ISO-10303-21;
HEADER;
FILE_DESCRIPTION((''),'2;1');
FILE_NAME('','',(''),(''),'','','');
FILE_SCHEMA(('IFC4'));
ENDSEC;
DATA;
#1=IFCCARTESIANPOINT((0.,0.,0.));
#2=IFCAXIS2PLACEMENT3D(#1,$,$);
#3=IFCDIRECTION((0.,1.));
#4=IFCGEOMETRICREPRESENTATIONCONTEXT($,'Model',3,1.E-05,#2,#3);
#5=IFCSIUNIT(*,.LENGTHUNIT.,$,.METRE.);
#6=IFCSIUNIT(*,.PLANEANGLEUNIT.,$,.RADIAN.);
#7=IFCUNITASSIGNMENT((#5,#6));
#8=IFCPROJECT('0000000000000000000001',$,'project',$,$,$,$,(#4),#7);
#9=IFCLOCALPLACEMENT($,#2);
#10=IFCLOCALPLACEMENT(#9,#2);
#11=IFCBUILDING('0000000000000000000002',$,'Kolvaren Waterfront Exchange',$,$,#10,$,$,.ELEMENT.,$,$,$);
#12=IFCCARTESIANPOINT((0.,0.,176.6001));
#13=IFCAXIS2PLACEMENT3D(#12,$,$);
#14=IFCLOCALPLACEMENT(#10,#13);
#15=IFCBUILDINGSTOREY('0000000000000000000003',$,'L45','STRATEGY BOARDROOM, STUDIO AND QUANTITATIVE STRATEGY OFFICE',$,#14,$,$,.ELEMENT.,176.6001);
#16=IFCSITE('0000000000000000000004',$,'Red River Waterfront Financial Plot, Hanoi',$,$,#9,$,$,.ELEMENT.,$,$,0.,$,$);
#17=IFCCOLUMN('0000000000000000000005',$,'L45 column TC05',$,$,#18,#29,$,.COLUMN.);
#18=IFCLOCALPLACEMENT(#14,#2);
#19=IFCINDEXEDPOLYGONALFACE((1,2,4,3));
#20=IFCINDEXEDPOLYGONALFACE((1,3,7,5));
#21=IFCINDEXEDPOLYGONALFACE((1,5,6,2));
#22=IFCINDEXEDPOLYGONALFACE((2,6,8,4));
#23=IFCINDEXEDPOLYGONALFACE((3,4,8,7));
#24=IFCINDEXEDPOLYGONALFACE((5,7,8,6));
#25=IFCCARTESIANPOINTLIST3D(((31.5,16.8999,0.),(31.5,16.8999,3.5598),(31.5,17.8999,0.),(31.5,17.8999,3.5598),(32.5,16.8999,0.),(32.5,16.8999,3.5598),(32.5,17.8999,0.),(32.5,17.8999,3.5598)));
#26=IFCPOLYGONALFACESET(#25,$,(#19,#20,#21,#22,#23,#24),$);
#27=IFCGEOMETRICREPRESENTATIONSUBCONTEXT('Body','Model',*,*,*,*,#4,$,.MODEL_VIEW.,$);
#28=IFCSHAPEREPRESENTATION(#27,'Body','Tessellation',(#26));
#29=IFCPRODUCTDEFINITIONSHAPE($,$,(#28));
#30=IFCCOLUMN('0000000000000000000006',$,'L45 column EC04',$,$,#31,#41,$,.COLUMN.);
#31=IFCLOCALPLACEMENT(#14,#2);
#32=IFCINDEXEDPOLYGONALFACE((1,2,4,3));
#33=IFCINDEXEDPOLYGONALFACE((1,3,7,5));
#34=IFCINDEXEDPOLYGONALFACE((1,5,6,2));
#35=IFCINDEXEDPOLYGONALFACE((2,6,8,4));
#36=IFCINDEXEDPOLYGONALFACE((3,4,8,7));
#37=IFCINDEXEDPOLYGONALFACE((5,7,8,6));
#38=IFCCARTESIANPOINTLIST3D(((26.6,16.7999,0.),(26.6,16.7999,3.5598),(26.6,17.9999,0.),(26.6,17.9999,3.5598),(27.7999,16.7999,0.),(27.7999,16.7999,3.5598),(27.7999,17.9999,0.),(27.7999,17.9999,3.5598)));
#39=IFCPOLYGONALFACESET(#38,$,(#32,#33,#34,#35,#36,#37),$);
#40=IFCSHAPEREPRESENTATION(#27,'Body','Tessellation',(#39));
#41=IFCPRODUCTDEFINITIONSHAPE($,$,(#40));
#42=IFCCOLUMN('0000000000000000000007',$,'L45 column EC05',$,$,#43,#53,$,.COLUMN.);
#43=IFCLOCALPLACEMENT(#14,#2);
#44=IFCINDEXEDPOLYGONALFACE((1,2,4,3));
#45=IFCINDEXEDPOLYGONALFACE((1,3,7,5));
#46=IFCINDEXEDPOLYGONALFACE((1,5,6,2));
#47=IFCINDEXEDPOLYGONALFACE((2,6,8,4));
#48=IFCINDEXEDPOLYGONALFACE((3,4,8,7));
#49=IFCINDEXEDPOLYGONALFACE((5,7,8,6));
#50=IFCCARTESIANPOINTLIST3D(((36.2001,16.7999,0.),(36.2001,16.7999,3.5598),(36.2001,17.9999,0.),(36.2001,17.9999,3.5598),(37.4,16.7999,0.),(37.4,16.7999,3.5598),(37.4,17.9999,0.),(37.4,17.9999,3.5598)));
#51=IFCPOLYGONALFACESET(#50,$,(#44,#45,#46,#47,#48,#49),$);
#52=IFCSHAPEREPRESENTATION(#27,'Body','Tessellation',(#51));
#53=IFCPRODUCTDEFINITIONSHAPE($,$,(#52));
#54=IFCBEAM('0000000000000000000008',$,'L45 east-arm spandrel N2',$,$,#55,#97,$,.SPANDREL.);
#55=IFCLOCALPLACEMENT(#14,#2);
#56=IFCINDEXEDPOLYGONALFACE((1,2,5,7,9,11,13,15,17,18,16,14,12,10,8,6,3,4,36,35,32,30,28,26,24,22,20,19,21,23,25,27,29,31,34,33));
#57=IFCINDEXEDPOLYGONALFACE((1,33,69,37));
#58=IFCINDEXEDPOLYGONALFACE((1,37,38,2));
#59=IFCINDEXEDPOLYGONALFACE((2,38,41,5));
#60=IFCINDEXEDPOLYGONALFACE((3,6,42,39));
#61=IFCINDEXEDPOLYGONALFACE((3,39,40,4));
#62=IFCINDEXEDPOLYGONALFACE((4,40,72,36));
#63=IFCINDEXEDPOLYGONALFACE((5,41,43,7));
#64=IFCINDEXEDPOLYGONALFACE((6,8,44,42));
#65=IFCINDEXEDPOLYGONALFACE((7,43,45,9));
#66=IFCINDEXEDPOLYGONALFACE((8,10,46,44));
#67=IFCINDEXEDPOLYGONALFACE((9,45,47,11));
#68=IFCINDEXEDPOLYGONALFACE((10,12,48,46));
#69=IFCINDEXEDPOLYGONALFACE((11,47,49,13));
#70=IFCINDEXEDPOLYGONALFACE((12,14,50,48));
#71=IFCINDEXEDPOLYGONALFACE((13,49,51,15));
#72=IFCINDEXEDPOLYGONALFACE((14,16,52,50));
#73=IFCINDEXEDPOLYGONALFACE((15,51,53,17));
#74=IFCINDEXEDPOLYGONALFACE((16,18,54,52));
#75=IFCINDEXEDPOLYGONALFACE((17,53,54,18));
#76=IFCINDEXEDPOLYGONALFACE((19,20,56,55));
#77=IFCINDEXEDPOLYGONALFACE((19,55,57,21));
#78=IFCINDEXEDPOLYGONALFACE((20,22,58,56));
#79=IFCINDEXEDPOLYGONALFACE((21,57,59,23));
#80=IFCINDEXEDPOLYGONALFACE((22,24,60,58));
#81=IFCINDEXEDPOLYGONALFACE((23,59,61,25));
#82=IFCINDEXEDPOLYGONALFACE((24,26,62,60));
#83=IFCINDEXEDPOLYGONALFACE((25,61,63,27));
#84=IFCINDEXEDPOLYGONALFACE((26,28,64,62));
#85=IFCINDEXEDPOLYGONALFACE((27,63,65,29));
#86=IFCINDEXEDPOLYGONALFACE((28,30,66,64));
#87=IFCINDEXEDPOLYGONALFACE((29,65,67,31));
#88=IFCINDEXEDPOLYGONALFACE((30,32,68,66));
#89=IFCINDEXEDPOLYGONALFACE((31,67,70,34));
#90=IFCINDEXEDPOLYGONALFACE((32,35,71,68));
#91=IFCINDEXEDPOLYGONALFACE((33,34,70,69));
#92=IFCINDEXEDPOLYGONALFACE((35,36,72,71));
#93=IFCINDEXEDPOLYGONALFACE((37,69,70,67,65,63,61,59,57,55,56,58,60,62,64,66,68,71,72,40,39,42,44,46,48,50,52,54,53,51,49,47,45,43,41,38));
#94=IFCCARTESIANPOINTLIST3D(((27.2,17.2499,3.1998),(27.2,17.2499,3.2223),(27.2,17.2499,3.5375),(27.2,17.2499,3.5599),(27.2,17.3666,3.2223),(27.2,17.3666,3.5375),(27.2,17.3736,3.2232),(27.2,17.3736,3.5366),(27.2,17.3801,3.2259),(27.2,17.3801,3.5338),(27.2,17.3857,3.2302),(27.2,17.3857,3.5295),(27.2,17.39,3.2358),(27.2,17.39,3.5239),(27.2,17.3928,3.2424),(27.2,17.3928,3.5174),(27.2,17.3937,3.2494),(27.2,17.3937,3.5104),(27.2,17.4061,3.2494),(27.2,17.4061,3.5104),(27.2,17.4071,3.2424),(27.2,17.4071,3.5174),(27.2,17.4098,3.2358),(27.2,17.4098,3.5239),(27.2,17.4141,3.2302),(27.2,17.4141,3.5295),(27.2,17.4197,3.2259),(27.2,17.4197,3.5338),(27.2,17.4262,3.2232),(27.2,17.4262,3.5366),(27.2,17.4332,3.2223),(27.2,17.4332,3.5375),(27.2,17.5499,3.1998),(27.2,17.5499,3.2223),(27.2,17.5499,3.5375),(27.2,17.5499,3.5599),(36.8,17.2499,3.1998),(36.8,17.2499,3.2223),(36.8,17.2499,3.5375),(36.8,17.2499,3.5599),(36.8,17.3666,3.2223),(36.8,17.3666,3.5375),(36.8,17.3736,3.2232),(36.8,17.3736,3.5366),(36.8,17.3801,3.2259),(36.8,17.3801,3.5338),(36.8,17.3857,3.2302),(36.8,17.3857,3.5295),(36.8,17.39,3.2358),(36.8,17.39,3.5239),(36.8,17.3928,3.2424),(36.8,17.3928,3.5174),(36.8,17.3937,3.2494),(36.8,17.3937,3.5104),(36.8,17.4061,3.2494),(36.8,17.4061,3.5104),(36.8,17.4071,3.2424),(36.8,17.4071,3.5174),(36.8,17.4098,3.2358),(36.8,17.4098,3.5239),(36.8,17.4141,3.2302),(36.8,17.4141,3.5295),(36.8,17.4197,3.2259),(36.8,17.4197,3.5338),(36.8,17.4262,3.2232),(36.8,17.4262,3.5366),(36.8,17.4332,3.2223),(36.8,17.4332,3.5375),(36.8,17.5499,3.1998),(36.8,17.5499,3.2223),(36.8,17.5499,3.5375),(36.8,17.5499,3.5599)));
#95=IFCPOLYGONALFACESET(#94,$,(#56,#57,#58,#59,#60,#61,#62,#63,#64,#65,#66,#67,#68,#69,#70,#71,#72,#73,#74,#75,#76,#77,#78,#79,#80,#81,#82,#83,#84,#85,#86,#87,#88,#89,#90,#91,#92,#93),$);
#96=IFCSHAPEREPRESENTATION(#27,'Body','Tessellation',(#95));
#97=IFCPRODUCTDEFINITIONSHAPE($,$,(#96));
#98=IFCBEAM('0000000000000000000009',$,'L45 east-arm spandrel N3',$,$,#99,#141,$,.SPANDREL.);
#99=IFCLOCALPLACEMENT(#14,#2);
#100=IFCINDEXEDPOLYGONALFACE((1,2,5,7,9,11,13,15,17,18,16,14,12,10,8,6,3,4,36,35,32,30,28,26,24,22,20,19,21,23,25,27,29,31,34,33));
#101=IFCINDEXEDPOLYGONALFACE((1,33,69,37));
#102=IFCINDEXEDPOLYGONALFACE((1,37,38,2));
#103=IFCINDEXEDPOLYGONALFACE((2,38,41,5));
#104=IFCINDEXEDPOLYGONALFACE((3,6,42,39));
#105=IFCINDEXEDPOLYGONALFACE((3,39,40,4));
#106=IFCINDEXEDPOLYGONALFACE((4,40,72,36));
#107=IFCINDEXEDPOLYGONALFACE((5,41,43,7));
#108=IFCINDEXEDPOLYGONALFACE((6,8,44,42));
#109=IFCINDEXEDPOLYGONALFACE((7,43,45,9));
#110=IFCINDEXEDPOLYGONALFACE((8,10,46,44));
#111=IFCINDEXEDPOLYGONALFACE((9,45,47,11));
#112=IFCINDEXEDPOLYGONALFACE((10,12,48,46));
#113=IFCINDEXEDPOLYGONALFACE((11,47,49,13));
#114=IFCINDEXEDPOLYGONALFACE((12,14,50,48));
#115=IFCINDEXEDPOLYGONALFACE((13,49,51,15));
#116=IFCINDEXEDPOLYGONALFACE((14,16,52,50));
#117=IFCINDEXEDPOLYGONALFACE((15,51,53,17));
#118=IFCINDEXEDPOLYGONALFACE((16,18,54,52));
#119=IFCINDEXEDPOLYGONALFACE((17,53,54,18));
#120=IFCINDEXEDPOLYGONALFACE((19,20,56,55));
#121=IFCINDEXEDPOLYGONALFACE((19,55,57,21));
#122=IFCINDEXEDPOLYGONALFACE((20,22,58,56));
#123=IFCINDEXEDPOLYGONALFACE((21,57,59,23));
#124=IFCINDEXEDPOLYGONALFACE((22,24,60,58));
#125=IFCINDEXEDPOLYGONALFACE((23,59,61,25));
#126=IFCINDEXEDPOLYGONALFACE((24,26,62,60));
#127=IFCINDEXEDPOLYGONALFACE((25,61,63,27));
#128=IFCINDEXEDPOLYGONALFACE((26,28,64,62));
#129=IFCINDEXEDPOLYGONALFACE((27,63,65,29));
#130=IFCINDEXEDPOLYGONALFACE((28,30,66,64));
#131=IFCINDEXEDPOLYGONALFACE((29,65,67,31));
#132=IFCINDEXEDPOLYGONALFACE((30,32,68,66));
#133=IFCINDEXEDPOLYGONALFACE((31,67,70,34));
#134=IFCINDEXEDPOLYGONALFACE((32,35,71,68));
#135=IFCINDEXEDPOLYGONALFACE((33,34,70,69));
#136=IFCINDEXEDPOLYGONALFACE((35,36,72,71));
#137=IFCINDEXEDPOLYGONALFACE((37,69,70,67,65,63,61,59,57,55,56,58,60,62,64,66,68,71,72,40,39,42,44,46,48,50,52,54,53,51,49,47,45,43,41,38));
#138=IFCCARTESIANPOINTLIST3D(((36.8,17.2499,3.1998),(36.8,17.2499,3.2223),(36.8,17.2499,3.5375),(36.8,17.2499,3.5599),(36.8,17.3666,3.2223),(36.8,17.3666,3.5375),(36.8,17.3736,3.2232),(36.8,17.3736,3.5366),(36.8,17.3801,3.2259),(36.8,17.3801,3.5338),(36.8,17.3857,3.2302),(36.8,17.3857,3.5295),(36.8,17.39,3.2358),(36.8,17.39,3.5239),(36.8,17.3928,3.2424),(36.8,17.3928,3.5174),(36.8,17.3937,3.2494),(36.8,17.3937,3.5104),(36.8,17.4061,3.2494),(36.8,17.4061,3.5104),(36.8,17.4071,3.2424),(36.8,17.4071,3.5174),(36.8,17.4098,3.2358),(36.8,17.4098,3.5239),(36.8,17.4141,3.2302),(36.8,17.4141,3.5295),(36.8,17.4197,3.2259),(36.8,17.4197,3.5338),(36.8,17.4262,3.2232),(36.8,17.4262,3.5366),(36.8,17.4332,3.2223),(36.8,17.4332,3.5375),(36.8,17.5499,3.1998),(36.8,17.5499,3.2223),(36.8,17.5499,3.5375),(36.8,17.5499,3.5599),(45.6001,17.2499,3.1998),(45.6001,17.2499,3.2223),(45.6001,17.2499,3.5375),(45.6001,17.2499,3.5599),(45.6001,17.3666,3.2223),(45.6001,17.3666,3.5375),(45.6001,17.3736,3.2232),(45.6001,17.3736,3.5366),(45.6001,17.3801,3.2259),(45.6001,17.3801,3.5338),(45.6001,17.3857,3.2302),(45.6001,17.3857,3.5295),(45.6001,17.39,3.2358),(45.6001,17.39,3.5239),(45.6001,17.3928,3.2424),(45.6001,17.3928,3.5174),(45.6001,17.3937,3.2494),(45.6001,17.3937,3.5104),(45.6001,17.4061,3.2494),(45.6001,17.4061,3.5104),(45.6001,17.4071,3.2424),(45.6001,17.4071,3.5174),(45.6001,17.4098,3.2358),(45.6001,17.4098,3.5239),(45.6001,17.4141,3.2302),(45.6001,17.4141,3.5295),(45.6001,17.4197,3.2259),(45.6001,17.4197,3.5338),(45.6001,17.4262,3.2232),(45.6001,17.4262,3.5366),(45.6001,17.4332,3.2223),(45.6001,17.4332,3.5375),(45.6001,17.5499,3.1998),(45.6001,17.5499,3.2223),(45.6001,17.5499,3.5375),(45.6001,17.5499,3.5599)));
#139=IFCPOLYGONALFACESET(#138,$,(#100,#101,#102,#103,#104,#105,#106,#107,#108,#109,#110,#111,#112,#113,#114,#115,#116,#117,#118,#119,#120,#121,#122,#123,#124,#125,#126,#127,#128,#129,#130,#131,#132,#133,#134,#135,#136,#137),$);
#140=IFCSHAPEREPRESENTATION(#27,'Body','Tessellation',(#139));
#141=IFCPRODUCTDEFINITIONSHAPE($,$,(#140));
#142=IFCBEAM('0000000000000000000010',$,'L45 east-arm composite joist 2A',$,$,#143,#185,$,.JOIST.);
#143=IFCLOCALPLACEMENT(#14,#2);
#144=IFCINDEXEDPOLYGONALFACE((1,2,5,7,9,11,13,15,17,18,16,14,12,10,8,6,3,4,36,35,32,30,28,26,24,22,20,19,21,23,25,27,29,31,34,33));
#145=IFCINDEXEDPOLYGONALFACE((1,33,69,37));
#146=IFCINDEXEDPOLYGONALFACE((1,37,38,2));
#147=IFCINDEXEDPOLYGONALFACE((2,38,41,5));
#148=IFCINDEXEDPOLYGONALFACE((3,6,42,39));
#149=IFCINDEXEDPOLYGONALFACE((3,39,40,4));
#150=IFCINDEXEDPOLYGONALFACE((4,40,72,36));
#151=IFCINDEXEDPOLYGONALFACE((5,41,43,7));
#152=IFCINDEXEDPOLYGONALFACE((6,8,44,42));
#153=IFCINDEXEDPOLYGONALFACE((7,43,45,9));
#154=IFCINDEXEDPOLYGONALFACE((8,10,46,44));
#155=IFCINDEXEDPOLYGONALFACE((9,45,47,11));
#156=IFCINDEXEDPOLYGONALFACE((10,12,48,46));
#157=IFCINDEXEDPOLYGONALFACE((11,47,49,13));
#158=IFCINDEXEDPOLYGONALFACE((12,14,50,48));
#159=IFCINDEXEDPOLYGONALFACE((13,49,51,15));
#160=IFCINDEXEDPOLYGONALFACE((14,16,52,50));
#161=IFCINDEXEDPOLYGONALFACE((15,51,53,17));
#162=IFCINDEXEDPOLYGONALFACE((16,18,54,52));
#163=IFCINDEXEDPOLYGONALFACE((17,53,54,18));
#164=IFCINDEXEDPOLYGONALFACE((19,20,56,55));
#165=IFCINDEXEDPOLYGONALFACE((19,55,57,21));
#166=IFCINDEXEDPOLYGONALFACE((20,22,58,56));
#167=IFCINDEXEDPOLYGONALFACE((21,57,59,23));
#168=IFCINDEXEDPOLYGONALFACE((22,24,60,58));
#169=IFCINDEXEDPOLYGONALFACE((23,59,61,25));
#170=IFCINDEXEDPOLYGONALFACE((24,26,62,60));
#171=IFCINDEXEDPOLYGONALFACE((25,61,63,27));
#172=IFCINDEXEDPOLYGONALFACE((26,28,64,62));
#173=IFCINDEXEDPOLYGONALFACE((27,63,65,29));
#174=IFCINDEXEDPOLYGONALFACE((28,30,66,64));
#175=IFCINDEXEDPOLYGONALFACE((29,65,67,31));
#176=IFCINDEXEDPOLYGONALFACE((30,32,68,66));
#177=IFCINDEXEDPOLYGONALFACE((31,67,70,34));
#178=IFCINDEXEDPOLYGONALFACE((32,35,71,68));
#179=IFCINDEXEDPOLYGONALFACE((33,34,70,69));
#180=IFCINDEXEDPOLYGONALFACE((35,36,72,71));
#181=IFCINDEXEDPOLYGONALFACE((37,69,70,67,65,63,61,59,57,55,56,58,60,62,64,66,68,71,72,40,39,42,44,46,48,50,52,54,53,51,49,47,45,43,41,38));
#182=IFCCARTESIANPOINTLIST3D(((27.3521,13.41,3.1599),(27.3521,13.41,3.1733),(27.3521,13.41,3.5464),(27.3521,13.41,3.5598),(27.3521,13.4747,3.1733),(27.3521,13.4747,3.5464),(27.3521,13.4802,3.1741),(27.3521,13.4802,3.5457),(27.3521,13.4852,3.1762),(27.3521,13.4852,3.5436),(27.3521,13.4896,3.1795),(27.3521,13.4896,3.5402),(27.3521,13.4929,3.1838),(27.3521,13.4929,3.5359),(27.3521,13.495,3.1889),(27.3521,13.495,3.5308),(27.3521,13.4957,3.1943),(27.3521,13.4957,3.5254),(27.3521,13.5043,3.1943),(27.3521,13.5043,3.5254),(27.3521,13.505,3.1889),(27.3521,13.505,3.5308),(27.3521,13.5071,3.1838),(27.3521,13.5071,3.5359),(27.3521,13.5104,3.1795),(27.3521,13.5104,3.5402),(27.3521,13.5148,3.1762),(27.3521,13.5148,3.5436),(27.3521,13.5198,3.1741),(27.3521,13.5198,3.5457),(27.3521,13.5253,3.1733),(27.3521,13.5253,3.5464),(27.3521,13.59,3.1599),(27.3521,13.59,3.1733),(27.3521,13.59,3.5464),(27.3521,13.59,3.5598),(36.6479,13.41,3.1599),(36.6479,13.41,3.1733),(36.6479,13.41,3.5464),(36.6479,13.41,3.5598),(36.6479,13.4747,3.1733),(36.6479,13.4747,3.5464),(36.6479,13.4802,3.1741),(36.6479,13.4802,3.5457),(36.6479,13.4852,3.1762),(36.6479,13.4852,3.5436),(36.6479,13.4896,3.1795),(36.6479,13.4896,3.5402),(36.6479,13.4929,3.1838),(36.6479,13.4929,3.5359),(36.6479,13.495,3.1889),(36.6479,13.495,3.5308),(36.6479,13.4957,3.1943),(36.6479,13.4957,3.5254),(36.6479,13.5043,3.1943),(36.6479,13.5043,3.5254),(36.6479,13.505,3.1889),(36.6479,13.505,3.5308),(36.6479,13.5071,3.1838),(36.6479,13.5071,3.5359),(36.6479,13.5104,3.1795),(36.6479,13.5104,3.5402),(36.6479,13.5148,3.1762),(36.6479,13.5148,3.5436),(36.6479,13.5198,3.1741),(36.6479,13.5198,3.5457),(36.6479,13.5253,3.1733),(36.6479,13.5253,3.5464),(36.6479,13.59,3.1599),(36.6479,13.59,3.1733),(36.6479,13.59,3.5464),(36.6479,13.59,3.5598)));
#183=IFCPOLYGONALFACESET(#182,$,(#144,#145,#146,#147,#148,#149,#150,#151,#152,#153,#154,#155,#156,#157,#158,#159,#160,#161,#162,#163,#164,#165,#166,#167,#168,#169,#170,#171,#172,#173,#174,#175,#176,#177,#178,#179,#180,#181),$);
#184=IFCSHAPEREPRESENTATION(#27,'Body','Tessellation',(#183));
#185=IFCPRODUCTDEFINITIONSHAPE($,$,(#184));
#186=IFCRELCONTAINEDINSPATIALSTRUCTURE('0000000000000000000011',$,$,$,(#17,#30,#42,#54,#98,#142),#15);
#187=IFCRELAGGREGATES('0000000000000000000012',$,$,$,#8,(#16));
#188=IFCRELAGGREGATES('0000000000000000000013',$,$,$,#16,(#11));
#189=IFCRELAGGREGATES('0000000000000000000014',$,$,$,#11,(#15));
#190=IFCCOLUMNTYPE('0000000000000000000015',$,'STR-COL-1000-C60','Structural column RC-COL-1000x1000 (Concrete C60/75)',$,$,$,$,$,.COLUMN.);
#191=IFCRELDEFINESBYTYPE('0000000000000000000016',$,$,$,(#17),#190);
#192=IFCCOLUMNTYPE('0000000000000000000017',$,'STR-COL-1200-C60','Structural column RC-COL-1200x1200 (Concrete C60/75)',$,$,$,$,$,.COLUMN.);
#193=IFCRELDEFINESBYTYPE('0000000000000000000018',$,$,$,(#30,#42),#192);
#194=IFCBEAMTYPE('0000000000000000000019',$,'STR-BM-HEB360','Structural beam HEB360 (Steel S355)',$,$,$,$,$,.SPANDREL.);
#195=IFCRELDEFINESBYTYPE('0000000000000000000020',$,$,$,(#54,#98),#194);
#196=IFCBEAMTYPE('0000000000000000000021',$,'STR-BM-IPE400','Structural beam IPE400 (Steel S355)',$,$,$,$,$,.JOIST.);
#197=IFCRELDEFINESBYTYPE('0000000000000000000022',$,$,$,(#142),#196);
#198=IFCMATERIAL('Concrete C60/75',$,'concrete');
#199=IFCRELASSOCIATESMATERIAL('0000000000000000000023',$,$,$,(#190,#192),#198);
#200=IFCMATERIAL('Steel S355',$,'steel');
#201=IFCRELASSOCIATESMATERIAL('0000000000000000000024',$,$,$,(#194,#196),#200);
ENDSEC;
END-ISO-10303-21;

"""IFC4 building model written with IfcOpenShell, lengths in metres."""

from ifc_helpers import new_model, si_unit, direction, frame, origin, origin_2d, place, context, subcontext, project, spatial, rectangle, i_section, extrude, material, material_profile, profile_set, type_object, element, save


model = new_model("IFC4")

# Units and contexts
model_context = context("Model", 3, precision=1e-05, world=origin(), true_north=direction((0.0, 1.0)))
body_context = subcontext(model_context, "Body", "Model", "MODEL_VIEW")
ifc_project = project(units=[si_unit("LENGTHUNIT", "METRE"), si_unit("PLANEANGLEUNIT", "RADIAN")], contexts=[model_context])

# Site, building, storey
site_placement = place(None, origin())
site = spatial("IfcSite", under=ifc_project, at=site_placement, Name="Red River Waterfront Financial Plot, Hanoi", CompositionType="ELEMENT", RefElevation=0.0)
building_placement = place(site_placement, origin())
building = spatial("IfcBuilding", under=site, at=building_placement, Name="Kolvaren Waterfront Exchange", CompositionType="ELEMENT")
storey_placement = place(building_placement, frame((0.0, 0.0, 176.6001)))
storey = spatial("IfcBuildingStorey", under=building, at=storey_placement, Name="L45", Description="STRATEGY BOARDROOM, STUDIO AND QUANTITATIVE STRATEGY OFFICE", CompositionType="ELEMENT", Elevation=176.6001)

# Columns
ifc_material_1 = material(Name="Concrete C60/75", Category="concrete")
ifc_material_profile_1 = material_profile(ifc_material_1, rectangle(XDim=1.0, YDim=1.0, at=origin_2d()), Name="RC-COL-1000x1000")
ifc_profile_set_1 = profile_set([ifc_material_profile_1], Name="Concrete C60/75")
column_type_1 = type_object("IfcColumnType", Name="STR-COL-1000-C60", Description="Structural column RC-COL-1000x1000 (Concrete C60/75)", PredefinedType="COLUMN", material=ifc_profile_set_1)
column_placement = place(storey_placement, frame((32.0, 17.3999, 0.0), z_axis=(0.0, 0.0, 1.0), x_axis=(1.0, 0.0, 0.0)))
element("IfcColumn", 1, at=column_placement, inside=storey, type_object=column_type_1, Name="L45 column TC05", PredefinedType="COLUMN", context=body_context, shape_type="SweptSolid", body=[
    extrude(rectangle(XDim=1.0, YDim=1.0, at=origin_2d()), origin(), (0.0, 0.0, 1.0), 3.5598),
])
ifc_material_profile_2 = material_profile(ifc_material_1, rectangle(XDim=1.2, YDim=1.2, at=origin_2d()), Name="RC-COL-1200x1200")
ifc_profile_set_2 = profile_set([ifc_material_profile_2], Name="Concrete C60/75")
column_type_2 = type_object("IfcColumnType", Name="STR-COL-1200-C60", Description="Structural column RC-COL-1200x1200 (Concrete C60/75)", PredefinedType="COLUMN", material=ifc_profile_set_2)
for number, where, z_axis, x_axis, name in (
    (2, (27.2, 17.3999, 0.0), (0.0, 0.0, 1.0), (1.0, 0.0, 0.0), "L45 column EC04"),
    (3, (36.8, 17.3999, 0.0), (0.0, 0.0, 1.0), (1.0, 0.0, 0.0), "L45 column EC05"),
):
    element("IfcColumn", number, at=place(storey_placement, frame(where, z_axis=z_axis, x_axis=x_axis)), inside=storey, type_object=column_type_2, Name=name, PredefinedType="COLUMN", context=body_context, shape_type="SweptSolid", body=[
        extrude(rectangle(XDim=1.2, YDim=1.2, at=origin_2d()), origin(), (0.0, 0.0, 1.0), 3.5598),
    ])

# Beams
ifc_material_2 = material(Name="Steel S355", Category="steel")
ifc_material_profile_3 = material_profile(ifc_material_2, i_section(OverallWidth=0.3, OverallDepth=0.3601, WebThickness=0.0125, FlangeThickness=0.0225, FilletRadius=0.0271, at=origin_2d()), Name="HEB360")
ifc_profile_set_3 = profile_set([ifc_material_profile_3], Name="Steel S355")
beam_type_1 = type_object("IfcBeamType", Name="STR-BM-HEB360", Description="Structural beam HEB360 (Steel S355)", PredefinedType="SPANDREL", material=ifc_profile_set_3)
beam_1_placement = place(storey_placement, frame((27.2, 17.3999, 3.3799), z_axis=(1.0, 0.0, 0.0), x_axis=(0.0, 1.0, 0.0)))
element("IfcBeam", 4, at=beam_1_placement, inside=storey, type_object=beam_type_1, Name="L45 east-arm spandrel N2", PredefinedType="SPANDREL", context=body_context, shape_type="SweptSolid", body=[
    extrude(i_section(OverallWidth=0.3, OverallDepth=0.3601, WebThickness=0.0125, FlangeThickness=0.0225, FilletRadius=0.0271, at=origin_2d()), origin(), (0.0, 0.0, 1.0), 9.6001),
])
beam_2_placement = place(storey_placement, frame((36.8, 17.3999, 3.3799), z_axis=(1.0, 0.0, 0.0), x_axis=(0.0, 1.0, 0.0)))
element("IfcBeam", 5, at=beam_2_placement, inside=storey, type_object=beam_type_1, Name="L45 east-arm spandrel N3", PredefinedType="SPANDREL", context=body_context, shape_type="SweptSolid", body=[
    extrude(i_section(OverallWidth=0.3, OverallDepth=0.3601, WebThickness=0.0125, FlangeThickness=0.0225, FilletRadius=0.0271, at=origin_2d()), origin(), (0.0, 0.0, 1.0), 8.8),
])
ifc_material_profile_4 = material_profile(ifc_material_2, i_section(OverallWidth=0.1799, OverallDepth=0.3999, WebThickness=0.0085, FlangeThickness=0.0134, FilletRadius=0.021, at=origin_2d()), Name="IPE400")
ifc_profile_set_4 = profile_set([ifc_material_profile_4], Name="Steel S355")
beam_type_2 = type_object("IfcBeamType", Name="STR-BM-IPE400", Description="Structural beam IPE400 (Steel S355)", PredefinedType="JOIST", material=ifc_profile_set_4)
for number, where, z_axis, x_axis, name in (
    (6, (27.3521, 13.5, 3.3599), (1.0, 0.0, 0.0), (0.0, 1.0, 0.0), "L45 east-arm composite joist 2A"),
):
    element("IfcBeam", number, at=place(storey_placement, frame(where, z_axis=z_axis, x_axis=x_axis)), inside=storey, type_object=beam_type_2, Name=name, PredefinedType="JOIST", context=body_context, shape_type="SweptSolid", body=[
        extrude(i_section(OverallWidth=0.1799, OverallDepth=0.3999, WebThickness=0.0085, FlangeThickness=0.0134, FilletRadius=0.021, at=origin_2d()), origin(), (0.0, 0.0, 1.0), 9.2959),
    ])

save(model, "model.ifc")
